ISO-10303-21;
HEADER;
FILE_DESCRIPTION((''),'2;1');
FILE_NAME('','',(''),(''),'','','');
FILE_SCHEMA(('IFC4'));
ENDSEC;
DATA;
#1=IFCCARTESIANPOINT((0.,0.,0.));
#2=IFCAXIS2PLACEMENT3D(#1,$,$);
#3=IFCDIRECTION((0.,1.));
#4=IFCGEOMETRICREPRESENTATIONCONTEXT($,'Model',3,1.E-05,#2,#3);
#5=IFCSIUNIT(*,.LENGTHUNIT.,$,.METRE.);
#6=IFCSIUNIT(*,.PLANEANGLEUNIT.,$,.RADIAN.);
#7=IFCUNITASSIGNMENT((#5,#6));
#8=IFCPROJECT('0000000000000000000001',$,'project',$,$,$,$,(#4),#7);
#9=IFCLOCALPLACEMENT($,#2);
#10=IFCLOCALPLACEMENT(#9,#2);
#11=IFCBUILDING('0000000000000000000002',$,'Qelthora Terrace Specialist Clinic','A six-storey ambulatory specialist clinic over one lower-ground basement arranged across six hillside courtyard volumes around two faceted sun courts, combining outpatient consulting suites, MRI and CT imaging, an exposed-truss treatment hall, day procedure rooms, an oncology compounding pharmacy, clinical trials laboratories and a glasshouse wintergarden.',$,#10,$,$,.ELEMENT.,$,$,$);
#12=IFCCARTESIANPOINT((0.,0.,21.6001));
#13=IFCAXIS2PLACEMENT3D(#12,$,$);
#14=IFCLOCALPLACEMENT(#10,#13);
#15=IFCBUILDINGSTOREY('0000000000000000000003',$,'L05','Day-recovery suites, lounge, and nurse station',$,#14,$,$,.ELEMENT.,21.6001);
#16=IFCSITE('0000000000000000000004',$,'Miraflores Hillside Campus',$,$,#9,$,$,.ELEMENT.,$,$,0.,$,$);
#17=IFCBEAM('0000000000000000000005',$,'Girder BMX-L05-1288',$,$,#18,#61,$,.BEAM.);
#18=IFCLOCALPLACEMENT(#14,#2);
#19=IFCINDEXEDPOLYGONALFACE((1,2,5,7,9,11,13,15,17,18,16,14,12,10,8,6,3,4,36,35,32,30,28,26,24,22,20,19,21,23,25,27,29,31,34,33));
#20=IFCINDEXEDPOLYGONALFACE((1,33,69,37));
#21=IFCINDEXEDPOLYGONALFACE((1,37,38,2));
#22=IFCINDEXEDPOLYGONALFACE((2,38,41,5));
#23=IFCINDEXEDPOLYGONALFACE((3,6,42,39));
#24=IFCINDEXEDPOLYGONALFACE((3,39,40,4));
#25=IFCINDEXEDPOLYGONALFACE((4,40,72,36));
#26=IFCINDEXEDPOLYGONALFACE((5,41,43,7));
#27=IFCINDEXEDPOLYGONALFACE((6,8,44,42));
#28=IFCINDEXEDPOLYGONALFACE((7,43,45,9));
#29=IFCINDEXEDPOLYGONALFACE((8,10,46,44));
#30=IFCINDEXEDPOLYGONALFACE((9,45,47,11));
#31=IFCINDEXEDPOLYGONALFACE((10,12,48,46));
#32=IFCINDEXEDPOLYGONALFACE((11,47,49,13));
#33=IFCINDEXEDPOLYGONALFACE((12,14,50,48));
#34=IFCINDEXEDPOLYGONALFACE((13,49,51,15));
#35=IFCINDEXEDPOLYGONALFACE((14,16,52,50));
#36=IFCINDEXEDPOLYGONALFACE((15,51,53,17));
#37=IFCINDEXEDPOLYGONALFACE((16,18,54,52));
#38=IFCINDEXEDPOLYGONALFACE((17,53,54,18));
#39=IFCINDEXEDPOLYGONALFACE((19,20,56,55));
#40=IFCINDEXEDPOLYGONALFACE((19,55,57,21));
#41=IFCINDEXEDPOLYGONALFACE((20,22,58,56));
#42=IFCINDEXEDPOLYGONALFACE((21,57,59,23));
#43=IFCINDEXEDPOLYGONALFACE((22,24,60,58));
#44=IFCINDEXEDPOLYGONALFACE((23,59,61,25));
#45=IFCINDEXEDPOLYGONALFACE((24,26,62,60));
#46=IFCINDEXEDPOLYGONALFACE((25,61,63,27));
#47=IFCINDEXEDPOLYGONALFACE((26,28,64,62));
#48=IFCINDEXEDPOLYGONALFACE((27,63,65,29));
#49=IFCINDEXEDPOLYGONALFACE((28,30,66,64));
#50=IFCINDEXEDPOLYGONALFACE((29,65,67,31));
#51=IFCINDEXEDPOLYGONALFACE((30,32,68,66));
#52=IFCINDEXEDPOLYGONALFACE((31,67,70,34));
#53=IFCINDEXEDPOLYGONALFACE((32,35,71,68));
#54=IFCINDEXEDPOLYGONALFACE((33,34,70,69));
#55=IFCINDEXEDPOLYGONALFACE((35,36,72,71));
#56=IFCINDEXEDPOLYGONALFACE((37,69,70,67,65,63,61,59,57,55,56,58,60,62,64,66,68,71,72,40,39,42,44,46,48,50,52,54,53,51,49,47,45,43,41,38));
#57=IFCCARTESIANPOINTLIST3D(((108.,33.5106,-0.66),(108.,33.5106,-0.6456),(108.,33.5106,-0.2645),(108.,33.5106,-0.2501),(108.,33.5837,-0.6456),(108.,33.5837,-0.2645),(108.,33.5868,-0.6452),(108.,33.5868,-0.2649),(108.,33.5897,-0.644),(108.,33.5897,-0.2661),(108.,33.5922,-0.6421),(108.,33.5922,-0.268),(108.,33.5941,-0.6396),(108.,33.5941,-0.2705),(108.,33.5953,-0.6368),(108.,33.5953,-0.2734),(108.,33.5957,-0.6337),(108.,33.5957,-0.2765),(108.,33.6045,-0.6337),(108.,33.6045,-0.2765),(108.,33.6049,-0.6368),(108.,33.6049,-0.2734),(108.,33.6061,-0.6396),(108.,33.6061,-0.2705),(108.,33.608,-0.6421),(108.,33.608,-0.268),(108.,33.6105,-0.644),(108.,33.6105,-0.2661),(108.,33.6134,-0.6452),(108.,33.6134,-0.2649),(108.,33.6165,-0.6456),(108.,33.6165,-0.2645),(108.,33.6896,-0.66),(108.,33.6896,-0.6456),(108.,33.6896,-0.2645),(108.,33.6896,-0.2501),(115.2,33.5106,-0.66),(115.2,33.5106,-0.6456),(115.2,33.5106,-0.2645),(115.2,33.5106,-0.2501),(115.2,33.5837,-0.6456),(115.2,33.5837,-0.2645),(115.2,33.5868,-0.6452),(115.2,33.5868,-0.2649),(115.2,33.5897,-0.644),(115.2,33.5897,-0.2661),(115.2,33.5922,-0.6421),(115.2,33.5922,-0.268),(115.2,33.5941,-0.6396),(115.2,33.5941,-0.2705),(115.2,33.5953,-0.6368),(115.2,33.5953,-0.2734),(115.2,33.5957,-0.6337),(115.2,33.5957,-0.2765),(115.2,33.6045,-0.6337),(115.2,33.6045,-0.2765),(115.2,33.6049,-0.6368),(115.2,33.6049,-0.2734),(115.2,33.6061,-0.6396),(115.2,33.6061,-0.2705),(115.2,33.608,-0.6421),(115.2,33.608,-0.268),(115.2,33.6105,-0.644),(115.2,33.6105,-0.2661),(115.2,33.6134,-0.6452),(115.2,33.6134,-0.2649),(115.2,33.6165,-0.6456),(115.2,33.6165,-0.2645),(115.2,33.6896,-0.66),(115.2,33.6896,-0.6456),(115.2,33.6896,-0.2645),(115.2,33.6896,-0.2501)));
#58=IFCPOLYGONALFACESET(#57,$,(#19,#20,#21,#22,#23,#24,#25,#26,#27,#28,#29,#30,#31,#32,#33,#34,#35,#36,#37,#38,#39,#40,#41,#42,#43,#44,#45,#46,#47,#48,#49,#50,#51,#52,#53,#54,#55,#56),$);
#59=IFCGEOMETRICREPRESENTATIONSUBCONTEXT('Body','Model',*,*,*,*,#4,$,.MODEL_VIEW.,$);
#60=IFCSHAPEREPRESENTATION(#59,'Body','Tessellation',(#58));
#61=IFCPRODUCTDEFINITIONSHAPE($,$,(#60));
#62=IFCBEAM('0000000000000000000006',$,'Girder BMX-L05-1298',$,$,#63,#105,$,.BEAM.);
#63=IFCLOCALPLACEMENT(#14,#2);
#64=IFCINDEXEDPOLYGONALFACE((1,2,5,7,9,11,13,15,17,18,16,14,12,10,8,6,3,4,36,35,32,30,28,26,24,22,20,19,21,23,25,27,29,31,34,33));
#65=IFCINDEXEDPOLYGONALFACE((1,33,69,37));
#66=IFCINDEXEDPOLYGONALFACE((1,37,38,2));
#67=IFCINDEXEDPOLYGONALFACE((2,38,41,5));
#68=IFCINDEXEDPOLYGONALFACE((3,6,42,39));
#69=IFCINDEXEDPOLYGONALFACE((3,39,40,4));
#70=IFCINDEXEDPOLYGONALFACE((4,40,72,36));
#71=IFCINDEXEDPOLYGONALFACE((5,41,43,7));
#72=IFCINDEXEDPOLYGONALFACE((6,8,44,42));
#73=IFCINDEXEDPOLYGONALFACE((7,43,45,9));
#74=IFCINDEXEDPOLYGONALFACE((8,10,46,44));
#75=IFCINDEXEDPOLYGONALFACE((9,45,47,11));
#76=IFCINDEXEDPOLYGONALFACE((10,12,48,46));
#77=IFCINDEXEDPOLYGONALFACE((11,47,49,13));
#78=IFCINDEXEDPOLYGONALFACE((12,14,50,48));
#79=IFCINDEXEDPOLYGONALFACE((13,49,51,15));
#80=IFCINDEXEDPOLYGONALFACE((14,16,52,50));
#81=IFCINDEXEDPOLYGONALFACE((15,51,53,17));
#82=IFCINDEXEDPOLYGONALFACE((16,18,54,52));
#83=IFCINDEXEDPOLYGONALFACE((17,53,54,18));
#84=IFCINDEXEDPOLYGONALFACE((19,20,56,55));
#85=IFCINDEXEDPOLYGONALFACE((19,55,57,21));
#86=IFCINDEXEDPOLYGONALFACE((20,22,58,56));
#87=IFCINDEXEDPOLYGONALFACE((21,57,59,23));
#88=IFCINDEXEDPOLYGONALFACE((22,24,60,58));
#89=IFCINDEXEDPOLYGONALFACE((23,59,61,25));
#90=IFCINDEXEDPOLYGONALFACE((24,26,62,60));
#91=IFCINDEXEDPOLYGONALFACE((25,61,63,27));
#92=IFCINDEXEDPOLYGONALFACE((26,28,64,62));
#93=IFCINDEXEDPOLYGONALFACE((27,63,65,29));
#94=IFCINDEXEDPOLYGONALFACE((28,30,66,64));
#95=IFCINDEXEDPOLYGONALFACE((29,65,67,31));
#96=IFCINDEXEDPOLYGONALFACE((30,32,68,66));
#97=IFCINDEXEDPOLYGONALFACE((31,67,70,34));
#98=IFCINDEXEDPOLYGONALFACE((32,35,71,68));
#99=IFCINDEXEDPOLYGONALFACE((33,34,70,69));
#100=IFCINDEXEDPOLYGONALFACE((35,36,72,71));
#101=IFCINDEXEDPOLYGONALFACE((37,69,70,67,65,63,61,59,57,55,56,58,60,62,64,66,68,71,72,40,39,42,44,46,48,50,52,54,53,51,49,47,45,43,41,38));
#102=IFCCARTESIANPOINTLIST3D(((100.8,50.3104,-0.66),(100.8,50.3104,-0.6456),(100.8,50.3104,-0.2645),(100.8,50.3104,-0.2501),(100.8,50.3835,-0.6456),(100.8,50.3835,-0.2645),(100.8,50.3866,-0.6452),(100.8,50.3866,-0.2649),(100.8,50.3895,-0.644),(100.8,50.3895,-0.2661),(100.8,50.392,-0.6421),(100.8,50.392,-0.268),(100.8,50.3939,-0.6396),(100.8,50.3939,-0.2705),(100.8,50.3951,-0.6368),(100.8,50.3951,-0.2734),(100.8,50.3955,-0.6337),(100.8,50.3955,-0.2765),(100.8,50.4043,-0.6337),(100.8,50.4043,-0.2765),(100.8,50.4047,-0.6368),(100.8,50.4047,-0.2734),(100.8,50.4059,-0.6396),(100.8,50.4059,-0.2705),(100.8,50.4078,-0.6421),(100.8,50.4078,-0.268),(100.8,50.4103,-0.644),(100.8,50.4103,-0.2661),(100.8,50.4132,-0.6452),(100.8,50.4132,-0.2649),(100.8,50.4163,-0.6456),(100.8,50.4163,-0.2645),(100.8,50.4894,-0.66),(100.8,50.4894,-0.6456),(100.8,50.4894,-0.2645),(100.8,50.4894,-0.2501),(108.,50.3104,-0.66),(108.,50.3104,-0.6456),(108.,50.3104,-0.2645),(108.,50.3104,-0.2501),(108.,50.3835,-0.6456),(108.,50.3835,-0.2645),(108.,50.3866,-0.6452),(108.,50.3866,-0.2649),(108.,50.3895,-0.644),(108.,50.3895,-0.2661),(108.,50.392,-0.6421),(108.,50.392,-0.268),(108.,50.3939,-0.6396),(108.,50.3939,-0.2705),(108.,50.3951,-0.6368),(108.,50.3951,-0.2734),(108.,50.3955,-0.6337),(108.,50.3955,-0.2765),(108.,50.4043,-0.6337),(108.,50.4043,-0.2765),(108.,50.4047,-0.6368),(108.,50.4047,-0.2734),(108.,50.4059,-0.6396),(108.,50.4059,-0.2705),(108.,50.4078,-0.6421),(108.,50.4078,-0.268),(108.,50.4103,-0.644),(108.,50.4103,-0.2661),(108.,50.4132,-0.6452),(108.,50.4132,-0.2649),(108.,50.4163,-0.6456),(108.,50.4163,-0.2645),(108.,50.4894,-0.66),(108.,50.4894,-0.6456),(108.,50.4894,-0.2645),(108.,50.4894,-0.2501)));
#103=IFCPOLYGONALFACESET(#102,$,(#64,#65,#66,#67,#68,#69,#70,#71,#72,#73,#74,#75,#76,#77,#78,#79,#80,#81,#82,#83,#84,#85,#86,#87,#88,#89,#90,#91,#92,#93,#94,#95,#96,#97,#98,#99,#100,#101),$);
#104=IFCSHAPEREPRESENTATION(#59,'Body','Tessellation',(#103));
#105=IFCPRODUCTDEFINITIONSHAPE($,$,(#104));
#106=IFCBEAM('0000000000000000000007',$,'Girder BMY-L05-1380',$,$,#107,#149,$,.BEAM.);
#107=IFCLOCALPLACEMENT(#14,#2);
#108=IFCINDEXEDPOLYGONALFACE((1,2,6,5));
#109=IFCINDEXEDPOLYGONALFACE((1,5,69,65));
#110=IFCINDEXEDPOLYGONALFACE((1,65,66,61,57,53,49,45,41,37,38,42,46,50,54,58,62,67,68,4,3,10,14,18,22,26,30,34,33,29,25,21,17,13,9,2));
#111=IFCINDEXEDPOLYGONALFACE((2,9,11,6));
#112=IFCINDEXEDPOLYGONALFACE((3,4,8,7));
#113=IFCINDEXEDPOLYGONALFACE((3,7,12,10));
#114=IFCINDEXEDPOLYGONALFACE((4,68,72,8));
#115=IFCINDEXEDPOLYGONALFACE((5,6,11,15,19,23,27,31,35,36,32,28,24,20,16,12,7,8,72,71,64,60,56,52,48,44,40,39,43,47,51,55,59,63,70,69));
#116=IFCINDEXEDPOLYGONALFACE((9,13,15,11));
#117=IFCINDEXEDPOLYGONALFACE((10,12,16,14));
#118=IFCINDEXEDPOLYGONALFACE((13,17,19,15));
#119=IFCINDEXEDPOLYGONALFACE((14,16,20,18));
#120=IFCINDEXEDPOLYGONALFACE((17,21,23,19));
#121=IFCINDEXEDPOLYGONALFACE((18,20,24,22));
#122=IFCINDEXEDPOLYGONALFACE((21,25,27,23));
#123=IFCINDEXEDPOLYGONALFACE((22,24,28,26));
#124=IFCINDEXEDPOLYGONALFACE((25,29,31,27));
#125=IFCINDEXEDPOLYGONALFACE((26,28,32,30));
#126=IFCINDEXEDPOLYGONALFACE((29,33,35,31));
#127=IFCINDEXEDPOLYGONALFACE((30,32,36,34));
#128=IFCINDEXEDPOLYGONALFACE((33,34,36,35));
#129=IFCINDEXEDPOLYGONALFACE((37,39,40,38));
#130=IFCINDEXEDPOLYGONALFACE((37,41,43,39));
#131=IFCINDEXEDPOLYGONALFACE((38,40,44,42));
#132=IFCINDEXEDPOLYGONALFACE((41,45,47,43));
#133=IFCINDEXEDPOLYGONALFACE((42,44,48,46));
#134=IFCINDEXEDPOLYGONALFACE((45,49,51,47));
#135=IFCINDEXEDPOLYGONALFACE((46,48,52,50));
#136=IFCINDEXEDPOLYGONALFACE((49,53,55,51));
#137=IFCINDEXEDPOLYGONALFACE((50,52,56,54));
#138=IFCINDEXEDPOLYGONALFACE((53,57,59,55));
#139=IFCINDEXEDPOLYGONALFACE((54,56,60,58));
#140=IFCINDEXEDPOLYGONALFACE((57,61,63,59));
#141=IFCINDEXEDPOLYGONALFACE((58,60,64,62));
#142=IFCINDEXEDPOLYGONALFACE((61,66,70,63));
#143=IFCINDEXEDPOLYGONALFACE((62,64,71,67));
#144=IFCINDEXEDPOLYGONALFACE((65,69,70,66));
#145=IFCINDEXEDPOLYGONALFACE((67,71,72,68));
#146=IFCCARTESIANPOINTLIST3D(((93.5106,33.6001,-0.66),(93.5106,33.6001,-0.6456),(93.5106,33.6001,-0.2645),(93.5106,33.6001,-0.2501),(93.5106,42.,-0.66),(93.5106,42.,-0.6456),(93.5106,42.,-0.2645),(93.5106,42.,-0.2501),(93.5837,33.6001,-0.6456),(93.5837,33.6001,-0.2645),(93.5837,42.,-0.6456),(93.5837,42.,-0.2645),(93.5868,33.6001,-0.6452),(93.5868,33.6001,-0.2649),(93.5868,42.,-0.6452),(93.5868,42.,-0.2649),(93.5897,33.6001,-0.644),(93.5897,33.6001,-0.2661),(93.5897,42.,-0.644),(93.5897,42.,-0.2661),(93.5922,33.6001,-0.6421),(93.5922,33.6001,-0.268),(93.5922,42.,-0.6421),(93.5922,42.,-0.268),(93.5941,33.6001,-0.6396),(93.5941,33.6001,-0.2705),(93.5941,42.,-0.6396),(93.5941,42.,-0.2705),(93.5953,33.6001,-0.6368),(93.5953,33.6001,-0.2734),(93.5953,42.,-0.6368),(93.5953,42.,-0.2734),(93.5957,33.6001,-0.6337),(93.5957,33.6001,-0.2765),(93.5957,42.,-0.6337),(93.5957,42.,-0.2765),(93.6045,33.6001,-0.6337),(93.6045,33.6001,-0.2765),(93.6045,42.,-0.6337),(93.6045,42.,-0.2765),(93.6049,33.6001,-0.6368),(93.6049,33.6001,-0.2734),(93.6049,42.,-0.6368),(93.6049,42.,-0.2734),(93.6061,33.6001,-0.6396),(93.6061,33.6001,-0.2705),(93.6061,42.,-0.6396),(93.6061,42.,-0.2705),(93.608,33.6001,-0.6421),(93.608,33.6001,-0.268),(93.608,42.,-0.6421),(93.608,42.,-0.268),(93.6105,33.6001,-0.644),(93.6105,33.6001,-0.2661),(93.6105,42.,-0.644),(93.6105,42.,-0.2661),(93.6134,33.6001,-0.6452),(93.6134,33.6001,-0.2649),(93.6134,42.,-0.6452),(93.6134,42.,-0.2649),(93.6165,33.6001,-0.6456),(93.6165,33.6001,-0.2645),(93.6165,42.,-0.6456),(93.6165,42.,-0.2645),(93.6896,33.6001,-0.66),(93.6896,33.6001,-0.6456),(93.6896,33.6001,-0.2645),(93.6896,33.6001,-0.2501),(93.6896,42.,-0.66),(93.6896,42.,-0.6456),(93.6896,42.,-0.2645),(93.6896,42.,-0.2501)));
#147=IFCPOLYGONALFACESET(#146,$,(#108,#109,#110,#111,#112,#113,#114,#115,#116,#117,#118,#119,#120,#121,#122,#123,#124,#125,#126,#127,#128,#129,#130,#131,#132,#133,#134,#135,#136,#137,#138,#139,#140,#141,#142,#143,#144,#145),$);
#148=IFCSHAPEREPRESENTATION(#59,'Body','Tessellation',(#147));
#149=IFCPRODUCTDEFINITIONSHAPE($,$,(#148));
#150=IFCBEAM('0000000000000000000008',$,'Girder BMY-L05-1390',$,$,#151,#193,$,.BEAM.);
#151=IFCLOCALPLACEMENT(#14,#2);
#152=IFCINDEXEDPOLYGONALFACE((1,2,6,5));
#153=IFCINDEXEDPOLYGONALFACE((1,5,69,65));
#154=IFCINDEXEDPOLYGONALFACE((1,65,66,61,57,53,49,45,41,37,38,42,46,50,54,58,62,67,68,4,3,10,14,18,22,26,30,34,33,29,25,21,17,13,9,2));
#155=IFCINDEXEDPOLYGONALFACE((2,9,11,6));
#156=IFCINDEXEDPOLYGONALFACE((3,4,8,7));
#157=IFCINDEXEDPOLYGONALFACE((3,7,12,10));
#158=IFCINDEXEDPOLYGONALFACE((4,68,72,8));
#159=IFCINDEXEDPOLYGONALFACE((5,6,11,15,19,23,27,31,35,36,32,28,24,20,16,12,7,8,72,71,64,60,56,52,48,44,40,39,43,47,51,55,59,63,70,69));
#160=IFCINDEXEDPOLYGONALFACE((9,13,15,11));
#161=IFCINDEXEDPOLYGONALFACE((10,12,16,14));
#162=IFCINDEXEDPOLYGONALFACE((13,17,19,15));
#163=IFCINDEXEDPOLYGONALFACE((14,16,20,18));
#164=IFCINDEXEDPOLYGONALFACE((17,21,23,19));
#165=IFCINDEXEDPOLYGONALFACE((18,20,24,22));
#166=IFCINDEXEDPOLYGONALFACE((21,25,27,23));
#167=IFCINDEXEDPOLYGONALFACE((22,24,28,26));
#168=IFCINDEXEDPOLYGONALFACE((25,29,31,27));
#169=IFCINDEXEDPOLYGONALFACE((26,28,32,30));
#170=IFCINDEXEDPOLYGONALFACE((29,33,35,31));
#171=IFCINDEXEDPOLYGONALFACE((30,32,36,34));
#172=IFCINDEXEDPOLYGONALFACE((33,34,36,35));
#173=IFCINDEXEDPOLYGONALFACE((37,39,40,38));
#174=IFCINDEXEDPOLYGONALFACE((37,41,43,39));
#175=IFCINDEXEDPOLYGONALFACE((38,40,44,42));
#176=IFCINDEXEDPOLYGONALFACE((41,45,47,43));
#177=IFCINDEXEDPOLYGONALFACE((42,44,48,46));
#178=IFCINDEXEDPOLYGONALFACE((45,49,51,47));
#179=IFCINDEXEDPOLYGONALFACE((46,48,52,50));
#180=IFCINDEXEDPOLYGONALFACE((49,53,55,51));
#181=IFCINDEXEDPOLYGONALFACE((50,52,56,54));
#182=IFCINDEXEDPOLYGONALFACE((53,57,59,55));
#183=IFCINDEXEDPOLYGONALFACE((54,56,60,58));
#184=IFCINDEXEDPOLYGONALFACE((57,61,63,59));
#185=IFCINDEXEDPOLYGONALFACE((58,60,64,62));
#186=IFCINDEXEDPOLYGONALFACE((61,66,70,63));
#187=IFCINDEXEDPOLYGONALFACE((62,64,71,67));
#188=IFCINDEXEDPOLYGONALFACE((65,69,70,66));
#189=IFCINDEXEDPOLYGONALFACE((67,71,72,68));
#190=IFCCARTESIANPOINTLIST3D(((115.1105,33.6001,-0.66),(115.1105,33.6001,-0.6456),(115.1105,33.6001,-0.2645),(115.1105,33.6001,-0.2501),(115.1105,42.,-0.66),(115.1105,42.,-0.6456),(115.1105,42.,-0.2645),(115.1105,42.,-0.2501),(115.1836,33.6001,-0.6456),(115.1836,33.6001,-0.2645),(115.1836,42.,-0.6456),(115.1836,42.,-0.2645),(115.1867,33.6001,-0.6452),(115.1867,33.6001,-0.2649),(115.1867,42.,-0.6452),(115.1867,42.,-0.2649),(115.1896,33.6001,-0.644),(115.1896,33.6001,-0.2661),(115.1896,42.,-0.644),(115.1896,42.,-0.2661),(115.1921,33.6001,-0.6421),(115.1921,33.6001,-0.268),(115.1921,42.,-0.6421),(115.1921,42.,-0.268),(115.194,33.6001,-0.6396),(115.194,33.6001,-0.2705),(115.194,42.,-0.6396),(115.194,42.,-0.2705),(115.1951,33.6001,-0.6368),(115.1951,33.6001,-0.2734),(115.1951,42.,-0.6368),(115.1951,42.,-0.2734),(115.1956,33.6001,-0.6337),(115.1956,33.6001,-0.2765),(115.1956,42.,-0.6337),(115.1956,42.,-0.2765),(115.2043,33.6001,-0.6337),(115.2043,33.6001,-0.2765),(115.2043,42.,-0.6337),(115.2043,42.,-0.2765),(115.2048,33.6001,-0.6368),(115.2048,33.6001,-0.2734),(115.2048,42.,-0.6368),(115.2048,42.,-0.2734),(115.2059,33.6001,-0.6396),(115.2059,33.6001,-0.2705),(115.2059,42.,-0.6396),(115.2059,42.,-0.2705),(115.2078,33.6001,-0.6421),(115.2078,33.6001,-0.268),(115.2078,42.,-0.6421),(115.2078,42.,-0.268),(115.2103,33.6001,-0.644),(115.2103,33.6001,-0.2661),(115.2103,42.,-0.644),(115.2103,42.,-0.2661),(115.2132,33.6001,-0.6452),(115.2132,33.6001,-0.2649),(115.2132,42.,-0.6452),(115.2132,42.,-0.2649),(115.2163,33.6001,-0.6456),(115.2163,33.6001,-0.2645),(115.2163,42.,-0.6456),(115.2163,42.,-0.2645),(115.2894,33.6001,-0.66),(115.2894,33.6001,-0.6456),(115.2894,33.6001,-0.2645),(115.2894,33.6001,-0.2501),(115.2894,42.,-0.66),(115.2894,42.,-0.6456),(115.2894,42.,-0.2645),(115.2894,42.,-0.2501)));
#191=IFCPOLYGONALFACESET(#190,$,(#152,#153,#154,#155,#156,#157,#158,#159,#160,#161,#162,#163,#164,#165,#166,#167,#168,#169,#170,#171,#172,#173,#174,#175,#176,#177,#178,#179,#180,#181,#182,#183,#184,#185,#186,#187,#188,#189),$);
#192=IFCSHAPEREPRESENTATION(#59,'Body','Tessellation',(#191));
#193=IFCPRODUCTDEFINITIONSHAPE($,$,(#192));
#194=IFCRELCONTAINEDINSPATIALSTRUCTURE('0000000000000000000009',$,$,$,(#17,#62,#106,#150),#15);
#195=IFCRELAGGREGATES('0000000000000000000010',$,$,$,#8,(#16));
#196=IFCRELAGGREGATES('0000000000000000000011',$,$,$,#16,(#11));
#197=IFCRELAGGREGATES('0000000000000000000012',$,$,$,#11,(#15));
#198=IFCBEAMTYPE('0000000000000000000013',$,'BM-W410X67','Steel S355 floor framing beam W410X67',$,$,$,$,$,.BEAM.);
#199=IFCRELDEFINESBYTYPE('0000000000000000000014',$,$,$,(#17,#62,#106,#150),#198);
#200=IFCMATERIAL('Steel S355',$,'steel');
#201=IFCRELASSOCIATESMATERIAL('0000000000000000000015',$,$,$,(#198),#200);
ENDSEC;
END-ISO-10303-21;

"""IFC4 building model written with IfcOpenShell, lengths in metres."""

from ifc_helpers import new_model, si_unit, direction, frame, origin, origin_2d, place, context, subcontext, project, spatial, i_section, extrude, material, material_profile, profile_set, type_object, element, save


model = new_model("IFC4")

# Units and contexts
model_context = context("Model", 3, precision=1e-05, world=origin(), true_north=direction((0.0, 1.0)))
body_context = subcontext(model_context, "Body", "Model", "MODEL_VIEW")
ifc_project = project(units=[si_unit("LENGTHUNIT", "METRE"), si_unit("PLANEANGLEUNIT", "RADIAN")], contexts=[model_context])

# Site, building, storey
site_placement = place(None, origin())
site = spatial("IfcSite", under=ifc_project, at=site_placement, Name="Miraflores Hillside Campus", CompositionType="ELEMENT", RefElevation=0.0)
building_placement = place(site_placement, origin())
building = spatial("IfcBuilding", under=site, at=building_placement, Name="Qelthora Terrace Specialist Clinic", Description="A six-storey ambulatory specialist clinic over one lower-ground basement arranged across six hillside courtyard volumes around two faceted sun courts, combining outpatient consulting suites, MRI and CT imaging, an exposed-truss treatment hall, day procedure rooms, an oncology compounding pharmacy, clinical trials laboratories and a glasshouse wintergarden.", CompositionType="ELEMENT")
storey_placement = place(building_placement, frame((0.0, 0.0, 21.6001)))
storey = spatial("IfcBuildingStorey", under=building, at=storey_placement, Name="L05", Description="Day-recovery suites, lounge, and nurse station", CompositionType="ELEMENT", Elevation=21.6001)

# Beams
ifc_material = material(Name="Steel S355", Category="steel")
ifc_material_profile_1 = material_profile(ifc_material, i_section(OverallWidth=0.179, OverallDepth=0.4099, WebThickness=0.0088, FlangeThickness=0.0144, FilletRadius=0.012, at=origin_2d()), Name="W410X67")
ifc_profile_set_1 = profile_set([ifc_material_profile_1], Name="Steel S355")
beam_type_1 = type_object("IfcBeamType", Name="BM-W410X67", Description="Steel S355 floor framing beam W410X67", PredefinedType="BEAM", material=ifc_profile_set_1)
for number, where, z_axis, x_axis, name in (
    (1, (108.0, 33.6001, -0.4551), (1.0, 0.0, 0.0), (0.0, 1.0, 0.0), "Girder BMX-L05-1288"),
    (2, (100.8, 50.3999, -0.4551), (1.0, 0.0, 0.0), (0.0, 1.0, 0.0), "Girder BMX-L05-1298"),
):
    element("IfcBeam", number, at=place(storey_placement, frame(where, z_axis=z_axis, x_axis=x_axis)), inside=storey, type_object=beam_type_1, Name=name, PredefinedType="BEAM", context=body_context, shape_type="SweptSolid", body=[
        extrude(i_section(OverallWidth=0.179, OverallDepth=0.4099, WebThickness=0.0088, FlangeThickness=0.0144, FilletRadius=0.012, at=origin_2d()), origin(), (0.0, 0.0, 1.0), 7.2),
    ])
for number, where, z_axis, x_axis, name in (
    (3, (93.6001, 33.6001, -0.4551), (0.0, 1.0, 0.0), (-1.0, 0.0, 0.0), "Girder BMY-L05-1380"),
    (4, (115.2, 33.6001, -0.4551), (0.0, 1.0, 0.0), (-1.0, 0.0, 0.0), "Girder BMY-L05-1390"),
):
    element("IfcBeam", number, at=place(storey_placement, frame(where, z_axis=z_axis, x_axis=x_axis)), inside=storey, type_object=beam_type_1, Name=name, PredefinedType="BEAM", context=body_context, shape_type="SweptSolid", body=[
        extrude(i_section(OverallWidth=0.179, OverallDepth=0.4099, WebThickness=0.0088, FlangeThickness=0.0144, FilletRadius=0.012, at=origin_2d()), origin(), (0.0, 0.0, 1.0), 8.3999),
    ])

save(model, "model.ifc")
